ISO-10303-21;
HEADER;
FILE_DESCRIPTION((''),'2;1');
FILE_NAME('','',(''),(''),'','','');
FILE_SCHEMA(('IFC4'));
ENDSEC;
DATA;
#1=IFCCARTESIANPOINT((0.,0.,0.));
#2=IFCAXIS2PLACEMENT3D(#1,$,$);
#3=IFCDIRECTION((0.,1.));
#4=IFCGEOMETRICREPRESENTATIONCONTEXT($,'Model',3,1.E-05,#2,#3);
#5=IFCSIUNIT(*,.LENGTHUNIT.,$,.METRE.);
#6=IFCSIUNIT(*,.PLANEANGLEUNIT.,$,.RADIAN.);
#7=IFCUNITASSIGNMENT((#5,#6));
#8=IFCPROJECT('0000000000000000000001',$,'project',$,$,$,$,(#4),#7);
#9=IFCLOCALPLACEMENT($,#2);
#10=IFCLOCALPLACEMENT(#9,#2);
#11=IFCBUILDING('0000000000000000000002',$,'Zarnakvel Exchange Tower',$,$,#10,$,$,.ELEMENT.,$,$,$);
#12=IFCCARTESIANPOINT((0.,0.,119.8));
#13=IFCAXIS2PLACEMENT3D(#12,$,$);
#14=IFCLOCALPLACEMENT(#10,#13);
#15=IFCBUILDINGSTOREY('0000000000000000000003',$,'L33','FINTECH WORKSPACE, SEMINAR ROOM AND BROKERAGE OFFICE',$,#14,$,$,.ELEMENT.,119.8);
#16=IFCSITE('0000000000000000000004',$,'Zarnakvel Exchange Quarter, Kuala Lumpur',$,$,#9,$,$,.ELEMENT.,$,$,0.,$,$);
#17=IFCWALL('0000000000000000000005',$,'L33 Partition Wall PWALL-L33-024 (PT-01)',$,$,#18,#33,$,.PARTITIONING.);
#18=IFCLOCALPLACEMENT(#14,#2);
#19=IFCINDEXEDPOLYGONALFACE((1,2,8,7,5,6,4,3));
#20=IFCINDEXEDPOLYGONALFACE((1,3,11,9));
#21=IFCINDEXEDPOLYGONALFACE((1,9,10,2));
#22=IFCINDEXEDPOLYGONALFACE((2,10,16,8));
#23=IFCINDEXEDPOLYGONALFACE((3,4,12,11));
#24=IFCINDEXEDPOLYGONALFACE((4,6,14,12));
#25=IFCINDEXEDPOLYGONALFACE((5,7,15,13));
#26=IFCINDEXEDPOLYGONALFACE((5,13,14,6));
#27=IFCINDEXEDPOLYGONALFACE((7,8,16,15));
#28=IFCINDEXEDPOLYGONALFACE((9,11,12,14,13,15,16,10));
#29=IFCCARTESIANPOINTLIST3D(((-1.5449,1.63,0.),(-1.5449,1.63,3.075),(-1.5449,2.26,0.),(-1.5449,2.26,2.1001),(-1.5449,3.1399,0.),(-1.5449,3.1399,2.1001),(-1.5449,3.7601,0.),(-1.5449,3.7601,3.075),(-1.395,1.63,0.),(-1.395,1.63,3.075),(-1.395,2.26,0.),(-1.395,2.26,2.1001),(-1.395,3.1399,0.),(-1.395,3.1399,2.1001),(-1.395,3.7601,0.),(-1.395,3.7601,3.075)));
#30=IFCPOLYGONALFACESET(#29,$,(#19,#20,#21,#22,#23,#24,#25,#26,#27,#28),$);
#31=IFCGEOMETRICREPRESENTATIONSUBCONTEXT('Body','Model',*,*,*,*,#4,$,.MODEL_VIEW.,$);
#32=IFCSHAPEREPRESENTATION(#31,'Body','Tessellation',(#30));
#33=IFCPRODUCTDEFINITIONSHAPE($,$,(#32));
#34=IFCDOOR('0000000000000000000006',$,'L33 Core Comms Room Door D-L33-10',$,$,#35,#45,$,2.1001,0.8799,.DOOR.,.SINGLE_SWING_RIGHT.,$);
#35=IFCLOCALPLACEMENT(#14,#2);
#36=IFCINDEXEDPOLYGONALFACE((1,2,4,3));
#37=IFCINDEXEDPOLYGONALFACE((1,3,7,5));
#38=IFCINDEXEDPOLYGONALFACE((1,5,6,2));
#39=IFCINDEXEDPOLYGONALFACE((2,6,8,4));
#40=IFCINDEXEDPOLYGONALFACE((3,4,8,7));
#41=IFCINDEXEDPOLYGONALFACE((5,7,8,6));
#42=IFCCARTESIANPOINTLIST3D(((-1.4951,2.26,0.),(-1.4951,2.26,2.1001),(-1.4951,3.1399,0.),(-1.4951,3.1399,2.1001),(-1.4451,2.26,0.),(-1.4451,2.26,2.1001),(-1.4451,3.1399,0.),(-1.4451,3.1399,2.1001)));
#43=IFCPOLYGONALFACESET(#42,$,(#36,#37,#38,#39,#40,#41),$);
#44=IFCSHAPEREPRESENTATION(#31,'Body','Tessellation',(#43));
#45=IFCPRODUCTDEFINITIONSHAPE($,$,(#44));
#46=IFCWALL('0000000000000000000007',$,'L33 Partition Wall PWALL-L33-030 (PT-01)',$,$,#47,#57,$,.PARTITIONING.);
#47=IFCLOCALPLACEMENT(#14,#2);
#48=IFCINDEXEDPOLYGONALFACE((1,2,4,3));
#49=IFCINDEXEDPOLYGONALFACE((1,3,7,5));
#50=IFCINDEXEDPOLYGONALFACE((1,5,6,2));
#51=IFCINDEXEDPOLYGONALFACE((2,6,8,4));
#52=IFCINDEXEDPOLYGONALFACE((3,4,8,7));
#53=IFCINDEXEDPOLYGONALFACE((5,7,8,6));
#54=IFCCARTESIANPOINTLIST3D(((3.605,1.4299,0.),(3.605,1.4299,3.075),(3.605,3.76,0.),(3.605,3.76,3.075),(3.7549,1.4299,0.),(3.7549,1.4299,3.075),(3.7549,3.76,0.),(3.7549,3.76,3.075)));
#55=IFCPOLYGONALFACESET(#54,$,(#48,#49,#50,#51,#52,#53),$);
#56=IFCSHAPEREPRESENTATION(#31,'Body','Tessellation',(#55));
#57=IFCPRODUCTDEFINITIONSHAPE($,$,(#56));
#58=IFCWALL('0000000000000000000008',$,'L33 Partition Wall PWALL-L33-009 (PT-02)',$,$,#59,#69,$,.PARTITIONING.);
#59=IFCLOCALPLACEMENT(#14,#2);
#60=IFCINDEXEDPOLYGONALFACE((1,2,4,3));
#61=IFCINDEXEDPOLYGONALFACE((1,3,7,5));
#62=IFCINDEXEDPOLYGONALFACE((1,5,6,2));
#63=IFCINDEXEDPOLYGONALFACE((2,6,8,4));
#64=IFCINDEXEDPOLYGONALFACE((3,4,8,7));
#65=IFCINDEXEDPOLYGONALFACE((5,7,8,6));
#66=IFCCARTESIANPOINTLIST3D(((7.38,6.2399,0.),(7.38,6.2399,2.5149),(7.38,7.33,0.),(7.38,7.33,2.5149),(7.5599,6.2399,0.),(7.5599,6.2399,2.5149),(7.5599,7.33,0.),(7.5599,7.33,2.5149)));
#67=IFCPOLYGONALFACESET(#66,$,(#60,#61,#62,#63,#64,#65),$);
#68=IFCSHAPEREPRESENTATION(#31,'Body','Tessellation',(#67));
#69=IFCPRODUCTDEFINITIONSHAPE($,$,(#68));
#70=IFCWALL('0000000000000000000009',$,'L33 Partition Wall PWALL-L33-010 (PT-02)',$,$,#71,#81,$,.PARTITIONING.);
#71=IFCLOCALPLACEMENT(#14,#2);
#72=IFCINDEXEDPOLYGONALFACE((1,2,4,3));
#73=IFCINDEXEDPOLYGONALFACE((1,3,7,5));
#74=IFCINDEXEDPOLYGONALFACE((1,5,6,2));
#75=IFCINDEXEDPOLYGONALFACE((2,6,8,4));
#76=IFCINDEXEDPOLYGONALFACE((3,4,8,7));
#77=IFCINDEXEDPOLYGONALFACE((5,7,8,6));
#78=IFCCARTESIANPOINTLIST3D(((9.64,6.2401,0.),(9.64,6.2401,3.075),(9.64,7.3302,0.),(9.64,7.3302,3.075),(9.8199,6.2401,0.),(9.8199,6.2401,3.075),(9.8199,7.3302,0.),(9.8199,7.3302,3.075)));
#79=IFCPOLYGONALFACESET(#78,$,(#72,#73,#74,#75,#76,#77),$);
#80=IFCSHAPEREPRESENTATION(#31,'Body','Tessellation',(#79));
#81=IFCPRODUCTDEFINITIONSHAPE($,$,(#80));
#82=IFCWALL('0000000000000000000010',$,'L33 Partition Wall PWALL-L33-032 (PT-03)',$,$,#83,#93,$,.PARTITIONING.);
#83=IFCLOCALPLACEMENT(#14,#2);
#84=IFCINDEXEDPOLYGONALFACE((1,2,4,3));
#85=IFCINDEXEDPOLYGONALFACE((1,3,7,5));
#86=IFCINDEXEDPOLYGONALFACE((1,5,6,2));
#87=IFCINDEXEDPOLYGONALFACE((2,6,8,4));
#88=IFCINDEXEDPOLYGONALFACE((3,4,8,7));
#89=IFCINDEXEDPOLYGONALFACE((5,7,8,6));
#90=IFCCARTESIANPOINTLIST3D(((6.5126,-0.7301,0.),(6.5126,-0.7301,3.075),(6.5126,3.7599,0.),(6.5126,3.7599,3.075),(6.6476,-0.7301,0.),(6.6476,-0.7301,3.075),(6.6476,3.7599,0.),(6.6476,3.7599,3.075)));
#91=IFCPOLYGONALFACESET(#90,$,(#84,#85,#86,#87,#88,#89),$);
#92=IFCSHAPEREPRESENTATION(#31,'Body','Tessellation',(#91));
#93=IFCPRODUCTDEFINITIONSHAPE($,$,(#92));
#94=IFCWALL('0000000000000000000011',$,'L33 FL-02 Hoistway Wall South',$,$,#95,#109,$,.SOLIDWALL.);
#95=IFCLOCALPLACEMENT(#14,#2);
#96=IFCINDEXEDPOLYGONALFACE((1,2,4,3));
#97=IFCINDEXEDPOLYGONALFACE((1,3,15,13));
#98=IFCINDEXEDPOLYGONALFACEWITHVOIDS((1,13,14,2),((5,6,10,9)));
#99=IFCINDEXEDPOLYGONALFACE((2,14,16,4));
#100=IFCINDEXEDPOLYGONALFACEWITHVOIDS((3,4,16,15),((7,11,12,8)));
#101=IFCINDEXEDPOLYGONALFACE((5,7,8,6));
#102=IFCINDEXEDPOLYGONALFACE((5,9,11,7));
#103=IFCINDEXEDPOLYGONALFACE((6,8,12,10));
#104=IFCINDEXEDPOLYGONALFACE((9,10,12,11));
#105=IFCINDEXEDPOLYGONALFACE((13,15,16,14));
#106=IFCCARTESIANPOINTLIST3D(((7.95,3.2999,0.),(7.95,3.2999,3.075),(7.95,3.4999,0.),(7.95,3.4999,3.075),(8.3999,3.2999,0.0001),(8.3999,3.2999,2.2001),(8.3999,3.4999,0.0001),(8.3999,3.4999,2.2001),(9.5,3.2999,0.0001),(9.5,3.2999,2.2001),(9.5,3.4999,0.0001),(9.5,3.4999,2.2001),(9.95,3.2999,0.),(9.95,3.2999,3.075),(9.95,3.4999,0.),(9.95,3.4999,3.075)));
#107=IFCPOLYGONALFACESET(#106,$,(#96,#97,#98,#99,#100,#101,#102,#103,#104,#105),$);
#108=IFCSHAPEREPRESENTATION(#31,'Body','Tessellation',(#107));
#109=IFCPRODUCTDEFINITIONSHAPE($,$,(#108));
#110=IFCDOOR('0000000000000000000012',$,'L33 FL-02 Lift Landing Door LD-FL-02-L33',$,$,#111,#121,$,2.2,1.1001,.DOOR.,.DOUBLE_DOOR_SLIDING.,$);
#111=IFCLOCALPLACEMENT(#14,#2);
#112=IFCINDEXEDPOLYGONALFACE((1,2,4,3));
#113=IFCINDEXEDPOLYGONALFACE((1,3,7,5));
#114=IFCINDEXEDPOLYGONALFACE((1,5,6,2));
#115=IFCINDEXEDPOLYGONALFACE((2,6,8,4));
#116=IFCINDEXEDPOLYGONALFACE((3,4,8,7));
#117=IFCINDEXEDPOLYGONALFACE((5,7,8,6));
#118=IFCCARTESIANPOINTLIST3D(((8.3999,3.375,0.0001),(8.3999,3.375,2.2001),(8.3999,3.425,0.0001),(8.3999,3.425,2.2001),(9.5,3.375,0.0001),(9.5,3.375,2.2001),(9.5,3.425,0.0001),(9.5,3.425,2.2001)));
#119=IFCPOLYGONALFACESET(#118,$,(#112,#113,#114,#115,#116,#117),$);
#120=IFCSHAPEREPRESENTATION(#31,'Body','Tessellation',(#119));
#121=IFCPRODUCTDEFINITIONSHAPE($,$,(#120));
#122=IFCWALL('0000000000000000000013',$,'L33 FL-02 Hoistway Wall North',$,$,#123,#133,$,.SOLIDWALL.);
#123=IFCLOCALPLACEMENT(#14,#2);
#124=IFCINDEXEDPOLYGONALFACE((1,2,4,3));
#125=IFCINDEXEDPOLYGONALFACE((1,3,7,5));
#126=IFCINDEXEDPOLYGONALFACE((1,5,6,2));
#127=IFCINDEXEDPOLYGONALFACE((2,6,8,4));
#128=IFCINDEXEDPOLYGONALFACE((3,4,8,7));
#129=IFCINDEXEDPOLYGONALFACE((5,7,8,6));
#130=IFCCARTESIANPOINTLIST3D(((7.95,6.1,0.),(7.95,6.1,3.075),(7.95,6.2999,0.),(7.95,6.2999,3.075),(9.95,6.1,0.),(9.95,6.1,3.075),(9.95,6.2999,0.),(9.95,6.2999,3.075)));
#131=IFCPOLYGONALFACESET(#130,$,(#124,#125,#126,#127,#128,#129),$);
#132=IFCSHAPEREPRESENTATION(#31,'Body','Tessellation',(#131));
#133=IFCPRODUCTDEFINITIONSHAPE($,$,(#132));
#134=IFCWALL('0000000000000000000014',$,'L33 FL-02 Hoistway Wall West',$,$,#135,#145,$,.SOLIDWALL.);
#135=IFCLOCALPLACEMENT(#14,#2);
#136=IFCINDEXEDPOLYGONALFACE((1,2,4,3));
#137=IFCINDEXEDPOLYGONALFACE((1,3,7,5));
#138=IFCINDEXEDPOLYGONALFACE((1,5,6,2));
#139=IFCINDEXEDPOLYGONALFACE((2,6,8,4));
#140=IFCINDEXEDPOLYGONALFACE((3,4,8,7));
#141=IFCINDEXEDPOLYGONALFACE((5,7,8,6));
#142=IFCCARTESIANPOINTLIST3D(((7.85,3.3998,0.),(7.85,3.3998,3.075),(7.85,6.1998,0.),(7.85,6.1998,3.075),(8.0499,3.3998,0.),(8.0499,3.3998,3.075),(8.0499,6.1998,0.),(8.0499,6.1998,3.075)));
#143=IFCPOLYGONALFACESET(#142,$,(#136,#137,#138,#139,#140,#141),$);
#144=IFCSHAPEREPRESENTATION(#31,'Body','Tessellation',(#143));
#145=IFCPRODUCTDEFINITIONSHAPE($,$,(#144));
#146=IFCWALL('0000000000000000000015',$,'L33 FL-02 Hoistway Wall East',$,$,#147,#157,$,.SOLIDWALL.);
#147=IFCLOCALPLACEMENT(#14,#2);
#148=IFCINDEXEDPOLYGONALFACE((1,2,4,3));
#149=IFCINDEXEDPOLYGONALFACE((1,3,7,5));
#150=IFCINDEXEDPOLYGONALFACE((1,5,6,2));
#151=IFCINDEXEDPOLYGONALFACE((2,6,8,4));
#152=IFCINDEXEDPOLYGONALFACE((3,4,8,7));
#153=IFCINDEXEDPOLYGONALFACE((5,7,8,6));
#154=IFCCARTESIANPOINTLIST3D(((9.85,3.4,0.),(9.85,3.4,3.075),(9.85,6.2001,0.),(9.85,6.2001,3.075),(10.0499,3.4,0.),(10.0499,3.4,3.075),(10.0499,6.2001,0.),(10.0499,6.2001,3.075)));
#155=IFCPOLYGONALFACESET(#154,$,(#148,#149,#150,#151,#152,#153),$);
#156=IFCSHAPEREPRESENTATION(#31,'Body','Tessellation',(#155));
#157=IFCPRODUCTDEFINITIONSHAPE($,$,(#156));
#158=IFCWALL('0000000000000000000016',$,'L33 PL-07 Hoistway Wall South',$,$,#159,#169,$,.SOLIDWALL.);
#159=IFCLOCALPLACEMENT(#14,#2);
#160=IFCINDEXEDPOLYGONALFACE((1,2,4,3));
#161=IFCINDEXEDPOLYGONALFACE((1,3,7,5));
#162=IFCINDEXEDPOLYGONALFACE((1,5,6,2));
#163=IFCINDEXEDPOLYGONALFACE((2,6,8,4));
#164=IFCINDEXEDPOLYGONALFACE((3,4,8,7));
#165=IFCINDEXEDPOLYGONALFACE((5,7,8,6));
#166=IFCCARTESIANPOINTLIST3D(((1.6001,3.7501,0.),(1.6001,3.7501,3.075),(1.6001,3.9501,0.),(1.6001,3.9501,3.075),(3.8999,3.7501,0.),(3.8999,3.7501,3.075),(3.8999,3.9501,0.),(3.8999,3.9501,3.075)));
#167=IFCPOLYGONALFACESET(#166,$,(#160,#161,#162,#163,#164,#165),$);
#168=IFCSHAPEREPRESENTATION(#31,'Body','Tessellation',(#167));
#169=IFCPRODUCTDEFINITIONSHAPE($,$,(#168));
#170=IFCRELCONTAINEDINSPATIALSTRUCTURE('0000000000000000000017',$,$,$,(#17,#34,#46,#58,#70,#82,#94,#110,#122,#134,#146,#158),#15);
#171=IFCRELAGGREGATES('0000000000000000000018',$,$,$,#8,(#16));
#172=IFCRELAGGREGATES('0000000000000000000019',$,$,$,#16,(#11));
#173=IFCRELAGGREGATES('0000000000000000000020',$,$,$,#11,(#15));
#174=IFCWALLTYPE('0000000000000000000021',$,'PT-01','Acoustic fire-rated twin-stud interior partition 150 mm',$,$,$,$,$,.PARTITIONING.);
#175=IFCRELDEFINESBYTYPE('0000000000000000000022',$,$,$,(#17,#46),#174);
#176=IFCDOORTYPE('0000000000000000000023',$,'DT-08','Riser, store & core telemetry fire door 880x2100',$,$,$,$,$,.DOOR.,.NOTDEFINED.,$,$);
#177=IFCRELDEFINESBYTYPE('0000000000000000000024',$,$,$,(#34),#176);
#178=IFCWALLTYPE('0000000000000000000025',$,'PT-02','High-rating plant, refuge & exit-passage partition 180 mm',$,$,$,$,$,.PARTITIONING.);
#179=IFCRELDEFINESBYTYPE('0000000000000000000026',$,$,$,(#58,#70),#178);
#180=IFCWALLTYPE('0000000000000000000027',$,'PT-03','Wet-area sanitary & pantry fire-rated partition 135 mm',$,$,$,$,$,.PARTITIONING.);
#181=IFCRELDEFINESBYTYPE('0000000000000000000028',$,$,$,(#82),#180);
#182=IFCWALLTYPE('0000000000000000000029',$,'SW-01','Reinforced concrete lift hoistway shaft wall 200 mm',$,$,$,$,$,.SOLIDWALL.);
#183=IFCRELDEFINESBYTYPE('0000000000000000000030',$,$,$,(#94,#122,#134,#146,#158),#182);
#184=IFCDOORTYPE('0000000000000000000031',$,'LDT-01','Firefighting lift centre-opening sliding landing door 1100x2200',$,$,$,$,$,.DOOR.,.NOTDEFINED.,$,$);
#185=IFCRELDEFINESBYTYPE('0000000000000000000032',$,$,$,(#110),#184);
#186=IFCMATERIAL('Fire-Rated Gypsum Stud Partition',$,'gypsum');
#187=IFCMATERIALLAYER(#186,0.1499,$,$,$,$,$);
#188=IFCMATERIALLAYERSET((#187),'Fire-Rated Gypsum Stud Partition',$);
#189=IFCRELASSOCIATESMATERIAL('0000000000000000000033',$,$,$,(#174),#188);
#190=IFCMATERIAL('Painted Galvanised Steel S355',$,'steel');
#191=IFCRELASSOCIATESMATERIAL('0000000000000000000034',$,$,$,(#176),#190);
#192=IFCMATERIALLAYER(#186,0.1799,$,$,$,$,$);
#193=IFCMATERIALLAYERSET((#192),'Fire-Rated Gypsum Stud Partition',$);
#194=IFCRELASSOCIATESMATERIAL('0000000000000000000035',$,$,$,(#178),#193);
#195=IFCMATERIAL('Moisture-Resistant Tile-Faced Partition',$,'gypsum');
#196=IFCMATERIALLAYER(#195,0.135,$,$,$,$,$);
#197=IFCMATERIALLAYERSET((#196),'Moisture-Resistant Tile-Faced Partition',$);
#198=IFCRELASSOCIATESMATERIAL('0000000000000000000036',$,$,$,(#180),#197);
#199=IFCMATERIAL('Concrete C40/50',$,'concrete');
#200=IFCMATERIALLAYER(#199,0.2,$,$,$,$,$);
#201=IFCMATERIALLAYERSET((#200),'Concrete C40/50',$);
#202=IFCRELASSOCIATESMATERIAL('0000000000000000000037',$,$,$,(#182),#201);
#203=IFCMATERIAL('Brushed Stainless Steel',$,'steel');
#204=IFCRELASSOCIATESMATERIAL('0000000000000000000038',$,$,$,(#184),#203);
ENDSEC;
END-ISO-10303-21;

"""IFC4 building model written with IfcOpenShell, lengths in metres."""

from ifc_helpers import new_model, si_unit, direction, frame, frame_2d, origin, place, context, subcontext, project, spatial, rectangle, extrude, source, transform, mapped, material, layer, layer_set, type_object, element, fill, save


model = new_model("IFC4")

# Units and contexts
model_context = context("Model", 3, precision=1e-05, world=origin(), true_north=direction((0.0, 1.0)))
body_context = subcontext(model_context, "Body", "Model", "MODEL_VIEW")
ifc_project = project(units=[si_unit("LENGTHUNIT", "METRE"), si_unit("PLANEANGLEUNIT", "RADIAN")], contexts=[model_context])

# Site, building, storey
site_placement = place(None, origin())
site = spatial("IfcSite", under=ifc_project, at=site_placement, Name="Zarnakvel Exchange Quarter, Kuala Lumpur", CompositionType="ELEMENT", RefElevation=0.0)
building_placement = place(site_placement, origin())
building = spatial("IfcBuilding", under=site, at=building_placement, Name="Zarnakvel Exchange Tower", CompositionType="ELEMENT")
storey_placement = place(building_placement, frame((0.0, 0.0, 119.8)))
storey = spatial("IfcBuildingStorey", under=building, at=storey_placement, Name="L33", Description="FINTECH WORKSPACE, SEMINAR ROOM AND BROKERAGE OFFICE", CompositionType="ELEMENT", Elevation=119.8)

# Wall, opening, door
ifc_material_1 = material(Name="Fire-Rated Gypsum Stud Partition", Category="gypsum")
ifc_layer_1 = layer(ifc_material_1, 0.1499)
ifc_layer_set_1 = layer_set([ifc_layer_1], Name="Fire-Rated Gypsum Stud Partition")
wall_type_1 = type_object("IfcWallType", Name="PT-01", Description="Acoustic fire-rated twin-stud interior partition 150 mm", PredefinedType="PARTITIONING", material=ifc_layer_set_1)
wall_1_placement = place(storey_placement, frame((-1.47, 3.76, 0.0), z_axis=(0.0, 0.0, 1.0), x_axis=(0.0, -1.0, 0.0)))
wall_1 = element("IfcWall", 1, at=wall_1_placement, inside=storey, type_object=wall_type_1, Name="L33 Partition Wall PWALL-L33-024 (PT-01)", PredefinedType="PARTITIONING", context=body_context, shape_type="SweptSolid", body=[
    extrude(rectangle(XDim=2.1301, YDim=0.1499, at=frame_2d((1.0649, 0.0))), origin(), (0.0, 0.0, 1.0), 3.075),
])
opening_1_placement = place(wall_1_placement, frame((0.6201, 0.0, 0.0)))
opening_1 = element("IfcOpeningElement", 2, at=opening_1_placement, cuts=wall_1, PredefinedType="OPENING", context=body_context, shape_type="SweptSolid", body=[
    extrude(rectangle(XDim=0.8799, YDim=2.1001, at=frame_2d((0.4399, 1.05))), frame((0.0, 0.085, 0.0), z_axis=(0.0, -1.0, 0.0), x_axis=(1.0, 0.0, 0.0)), (0.0, 0.0, 1.0), 0.1699),
])
ifc_material_2 = material(Name="Painted Galvanised Steel S355", Category="steel")
door_type_1 = type_object("IfcDoorType", Name="DT-08", Description="Riser, store & core telemetry fire door 880x2100", OperationType="NOTDEFINED", PredefinedType="DOOR", material=ifc_material_2)
shared_shape_1 = source(origin(), body_context, "Body", "SweptSolid", [
    extrude(rectangle(XDim=0.8799, YDim=2.1001, at=frame_2d((0.4399, 1.05))), frame((0.0, 0.0249, 0.0), z_axis=(0.0, -1.0, 0.0), x_axis=(1.0, 0.0, 0.0)), (0.0, 0.0, 1.0), 0.05),
])
door_1_placement = place(opening_1_placement, origin())
door_1 = element("IfcDoor", 3, at=door_1_placement, inside=storey, type_object=door_type_1, Name="L33 Core Comms Room Door D-L33-10", OperationType="SINGLE_SWING_RIGHT", OverallHeight=2.1001, OverallWidth=0.8799, PredefinedType="DOOR", context=body_context, shape_type="MappedRepresentation", body=[
    mapped(shared_shape_1, transform((0.0, 0.0, 0.0), x_axis=(1.0, 0.0, 0.0), y_axis=(0.0, 1.0, 0.0), z_axis=(0.0, 0.0, 1.0), scale=1.0)),
])
fill(opening_1, door_1)

# Walls
wall_2_placement = place(storey_placement, frame((3.6799, 3.76, 0.0), z_axis=(0.0, 0.0, 1.0), x_axis=(0.0, -1.0, 0.0)))
element("IfcWall", 4, at=wall_2_placement, inside=storey, type_object=wall_type_1, Name="L33 Partition Wall PWALL-L33-030 (PT-01)", PredefinedType="PARTITIONING", context=body_context, shape_type="SweptSolid", body=[
    extrude(rectangle(XDim=2.3301, YDim=0.1499, at=frame_2d((1.165, 0.0))), origin(), (0.0, 0.0, 1.0), 3.075),
])
ifc_layer_2 = layer(ifc_material_1, 0.1799)
ifc_layer_set_2 = layer_set([ifc_layer_2], Name="Fire-Rated Gypsum Stud Partition")
wall_type_2 = type_object("IfcWallType", Name="PT-02", Description="High-rating plant, refuge & exit-passage partition 180 mm", PredefinedType="PARTITIONING", material=ifc_layer_set_2)
wall_3_placement = place(storey_placement, frame((7.47, 6.24, 0.0), z_axis=(0.0, 0.0, 1.0), x_axis=(0.0, 1.0, 0.0)))
element("IfcWall", 5, at=wall_3_placement, inside=storey, type_object=wall_type_2, Name="L33 Partition Wall PWALL-L33-009 (PT-02)", PredefinedType="PARTITIONING", context=body_context, shape_type="SweptSolid", body=[
    extrude(rectangle(XDim=1.0901, YDim=0.1799, at=frame_2d((0.5449, 0.0))), origin(), (0.0, 0.0, 1.0), 2.5149),
])
wall_4_placement = place(storey_placement, frame((9.73, 7.3301, 0.0), z_axis=(0.0, 0.0, 1.0), x_axis=(0.0, -1.0, 0.0)))
element("IfcWall", 6, at=wall_4_placement, inside=storey, type_object=wall_type_2, Name="L33 Partition Wall PWALL-L33-010 (PT-02)", PredefinedType="PARTITIONING", context=body_context, shape_type="SweptSolid", body=[
    extrude(rectangle(XDim=1.0901, YDim=0.1799, at=frame_2d((0.5449, 0.0))), origin(), (0.0, 0.0, 1.0), 3.075),
])
ifc_material_3 = material(Name="Moisture-Resistant Tile-Faced Partition", Category="gypsum")
ifc_layer_3 = layer(ifc_material_3, 0.135)
ifc_layer_set_3 = layer_set([ifc_layer_3], Name="Moisture-Resistant Tile-Faced Partition")
wall_type_3 = type_object("IfcWallType", Name="PT-03", Description="Wet-area sanitary & pantry fire-rated partition 135 mm", PredefinedType="PARTITIONING", material=ifc_layer_set_3)
wall_5_placement = place(storey_placement, frame((6.5801, 3.76, 0.0), z_axis=(0.0, 0.0, 1.0), x_axis=(0.0, -1.0, 0.0)))
element("IfcWall", 7, at=wall_5_placement, inside=storey, type_object=wall_type_3, Name="L33 Partition Wall PWALL-L33-032 (PT-03)", PredefinedType="PARTITIONING", context=body_context, shape_type="SweptSolid", body=[
    extrude(rectangle(XDim=4.49, YDim=0.135, at=frame_2d((2.2451, 0.0))), origin(), (0.0, 0.0, 1.0), 3.075),
])

# Wall, opening, door
ifc_material_4 = material(Name="Concrete C40/50", Category="concrete")
ifc_layer_4 = layer(ifc_material_4, 0.2)
ifc_layer_set_4 = layer_set([ifc_layer_4], Name="Concrete C40/50")
wall_type_4 = type_object("IfcWallType", Name="SW-01", Description="Reinforced concrete lift hoistway shaft wall 200 mm", PredefinedType="SOLIDWALL", material=ifc_layer_set_4)
wall_6_placement = place(storey_placement, frame((9.95, 3.3999, 0.0), z_axis=(0.0, 0.0, 1.0), x_axis=(-1.0, 0.0, 0.0)))
wall_6 = element("IfcWall", 8, at=wall_6_placement, inside=storey, type_object=wall_type_4, Name="L33 FL-02 Hoistway Wall South", PredefinedType="SOLIDWALL", context=body_context, shape_type="SweptSolid", body=[
    extrude(rectangle(XDim=2.0, YDim=0.2, at=frame_2d((1.0, 0.0))), origin(), (0.0, 0.0, 1.0), 3.075),
])
opening_2_placement = place(wall_6_placement, frame((0.45, 0.0, 0.0)))
opening_2 = element("IfcOpeningElement", 9, at=opening_2_placement, cuts=wall_6, PredefinedType="OPENING", context=body_context, shape_type="SweptSolid", body=[
    extrude(rectangle(XDim=1.1001, YDim=2.2, at=frame_2d((0.55, 1.1001))), frame((0.0, 0.1099, 0.0), z_axis=(0.0, -1.0, 0.0), x_axis=(1.0, 0.0, 0.0)), (0.0, 0.0, 1.0), 0.22),
])
ifc_material_5 = material(Name="Brushed Stainless Steel", Category="steel")
door_type_2 = type_object("IfcDoorType", Name="LDT-01", Description="Firefighting lift centre-opening sliding landing door 1100x2200", OperationType="NOTDEFINED", PredefinedType="DOOR", material=ifc_material_5)
shared_shape_2 = source(origin(), body_context, "Body", "SweptSolid", [
    extrude(rectangle(XDim=1.1001, YDim=2.2, at=frame_2d((0.55, 1.1001))), frame((0.0, 0.0249, 0.0), z_axis=(0.0, -1.0, 0.0), x_axis=(1.0, 0.0, 0.0)), (0.0, 0.0, 1.0), 0.05),
])
door_2_placement = place(opening_2_placement, origin())
door_2 = element("IfcDoor", 10, at=door_2_placement, inside=storey, type_object=door_type_2, Name="L33 FL-02 Lift Landing Door LD-FL-02-L33", OperationType="DOUBLE_DOOR_SLIDING", OverallHeight=2.2, OverallWidth=1.1001, PredefinedType="DOOR", context=body_context, shape_type="MappedRepresentation", body=[
    mapped(shared_shape_2, transform((0.0, 0.0, 0.0), x_axis=(1.0, 0.0, 0.0), y_axis=(0.0, 1.0, 0.0), z_axis=(0.0, 0.0, 1.0), scale=1.0)),
])
fill(opening_2, door_2)

# Walls
wall_7_placement = place(storey_placement, frame((7.95, 6.2, 0.0), z_axis=(0.0, 0.0, 1.0), x_axis=(1.0, 0.0, 0.0)))
element("IfcWall", 11, at=wall_7_placement, inside=storey, type_object=wall_type_4, Name="L33 FL-02 Hoistway Wall North", PredefinedType="SOLIDWALL", context=body_context, shape_type="SweptSolid", body=[
    extrude(rectangle(XDim=2.0, YDim=0.2, at=frame_2d((1.0, 0.0))), origin(), (0.0, 0.0, 1.0), 3.075),
])
for number, where, z_axis, x_axis, name in (
    (12, (7.95, 3.3999, 0.0), (0.0, 0.0, 1.0), (0.0, 1.0, 0.0), "L33 FL-02 Hoistway Wall West"),
    (13, (9.95, 6.2, 0.0), (0.0, 0.0, 1.0), (0.0, -1.0, 0.0), "L33 FL-02 Hoistway Wall East"),
):
    element("IfcWall", number, at=place(storey_placement, frame(where, z_axis=z_axis, x_axis=x_axis)), inside=storey, type_object=wall_type_4, Name=name, PredefinedType="SOLIDWALL", context=body_context, shape_type="SweptSolid", body=[
        extrude(rectangle(XDim=2.8, YDim=0.2, at=frame_2d((1.3999, 0.0))), origin(), (0.0, 0.0, 1.0), 3.075),
    ])
wall_8_placement = place(storey_placement, frame((3.8999, 3.8501, 0.0), z_axis=(0.0, 0.0, 1.0), x_axis=(-1.0, 0.0, 0.0)))
element("IfcWall", 14, at=wall_8_placement, inside=storey, type_object=wall_type_4, Name="L33 PL-07 Hoistway Wall South", PredefinedType="SOLIDWALL", context=body_context, shape_type="SweptSolid", body=[
    extrude(rectangle(XDim=2.2998, YDim=0.2, at=frame_2d((1.1499, 0.0))), origin(), (0.0, 0.0, 1.0), 3.075),
])

save(model, "model.ifc")
